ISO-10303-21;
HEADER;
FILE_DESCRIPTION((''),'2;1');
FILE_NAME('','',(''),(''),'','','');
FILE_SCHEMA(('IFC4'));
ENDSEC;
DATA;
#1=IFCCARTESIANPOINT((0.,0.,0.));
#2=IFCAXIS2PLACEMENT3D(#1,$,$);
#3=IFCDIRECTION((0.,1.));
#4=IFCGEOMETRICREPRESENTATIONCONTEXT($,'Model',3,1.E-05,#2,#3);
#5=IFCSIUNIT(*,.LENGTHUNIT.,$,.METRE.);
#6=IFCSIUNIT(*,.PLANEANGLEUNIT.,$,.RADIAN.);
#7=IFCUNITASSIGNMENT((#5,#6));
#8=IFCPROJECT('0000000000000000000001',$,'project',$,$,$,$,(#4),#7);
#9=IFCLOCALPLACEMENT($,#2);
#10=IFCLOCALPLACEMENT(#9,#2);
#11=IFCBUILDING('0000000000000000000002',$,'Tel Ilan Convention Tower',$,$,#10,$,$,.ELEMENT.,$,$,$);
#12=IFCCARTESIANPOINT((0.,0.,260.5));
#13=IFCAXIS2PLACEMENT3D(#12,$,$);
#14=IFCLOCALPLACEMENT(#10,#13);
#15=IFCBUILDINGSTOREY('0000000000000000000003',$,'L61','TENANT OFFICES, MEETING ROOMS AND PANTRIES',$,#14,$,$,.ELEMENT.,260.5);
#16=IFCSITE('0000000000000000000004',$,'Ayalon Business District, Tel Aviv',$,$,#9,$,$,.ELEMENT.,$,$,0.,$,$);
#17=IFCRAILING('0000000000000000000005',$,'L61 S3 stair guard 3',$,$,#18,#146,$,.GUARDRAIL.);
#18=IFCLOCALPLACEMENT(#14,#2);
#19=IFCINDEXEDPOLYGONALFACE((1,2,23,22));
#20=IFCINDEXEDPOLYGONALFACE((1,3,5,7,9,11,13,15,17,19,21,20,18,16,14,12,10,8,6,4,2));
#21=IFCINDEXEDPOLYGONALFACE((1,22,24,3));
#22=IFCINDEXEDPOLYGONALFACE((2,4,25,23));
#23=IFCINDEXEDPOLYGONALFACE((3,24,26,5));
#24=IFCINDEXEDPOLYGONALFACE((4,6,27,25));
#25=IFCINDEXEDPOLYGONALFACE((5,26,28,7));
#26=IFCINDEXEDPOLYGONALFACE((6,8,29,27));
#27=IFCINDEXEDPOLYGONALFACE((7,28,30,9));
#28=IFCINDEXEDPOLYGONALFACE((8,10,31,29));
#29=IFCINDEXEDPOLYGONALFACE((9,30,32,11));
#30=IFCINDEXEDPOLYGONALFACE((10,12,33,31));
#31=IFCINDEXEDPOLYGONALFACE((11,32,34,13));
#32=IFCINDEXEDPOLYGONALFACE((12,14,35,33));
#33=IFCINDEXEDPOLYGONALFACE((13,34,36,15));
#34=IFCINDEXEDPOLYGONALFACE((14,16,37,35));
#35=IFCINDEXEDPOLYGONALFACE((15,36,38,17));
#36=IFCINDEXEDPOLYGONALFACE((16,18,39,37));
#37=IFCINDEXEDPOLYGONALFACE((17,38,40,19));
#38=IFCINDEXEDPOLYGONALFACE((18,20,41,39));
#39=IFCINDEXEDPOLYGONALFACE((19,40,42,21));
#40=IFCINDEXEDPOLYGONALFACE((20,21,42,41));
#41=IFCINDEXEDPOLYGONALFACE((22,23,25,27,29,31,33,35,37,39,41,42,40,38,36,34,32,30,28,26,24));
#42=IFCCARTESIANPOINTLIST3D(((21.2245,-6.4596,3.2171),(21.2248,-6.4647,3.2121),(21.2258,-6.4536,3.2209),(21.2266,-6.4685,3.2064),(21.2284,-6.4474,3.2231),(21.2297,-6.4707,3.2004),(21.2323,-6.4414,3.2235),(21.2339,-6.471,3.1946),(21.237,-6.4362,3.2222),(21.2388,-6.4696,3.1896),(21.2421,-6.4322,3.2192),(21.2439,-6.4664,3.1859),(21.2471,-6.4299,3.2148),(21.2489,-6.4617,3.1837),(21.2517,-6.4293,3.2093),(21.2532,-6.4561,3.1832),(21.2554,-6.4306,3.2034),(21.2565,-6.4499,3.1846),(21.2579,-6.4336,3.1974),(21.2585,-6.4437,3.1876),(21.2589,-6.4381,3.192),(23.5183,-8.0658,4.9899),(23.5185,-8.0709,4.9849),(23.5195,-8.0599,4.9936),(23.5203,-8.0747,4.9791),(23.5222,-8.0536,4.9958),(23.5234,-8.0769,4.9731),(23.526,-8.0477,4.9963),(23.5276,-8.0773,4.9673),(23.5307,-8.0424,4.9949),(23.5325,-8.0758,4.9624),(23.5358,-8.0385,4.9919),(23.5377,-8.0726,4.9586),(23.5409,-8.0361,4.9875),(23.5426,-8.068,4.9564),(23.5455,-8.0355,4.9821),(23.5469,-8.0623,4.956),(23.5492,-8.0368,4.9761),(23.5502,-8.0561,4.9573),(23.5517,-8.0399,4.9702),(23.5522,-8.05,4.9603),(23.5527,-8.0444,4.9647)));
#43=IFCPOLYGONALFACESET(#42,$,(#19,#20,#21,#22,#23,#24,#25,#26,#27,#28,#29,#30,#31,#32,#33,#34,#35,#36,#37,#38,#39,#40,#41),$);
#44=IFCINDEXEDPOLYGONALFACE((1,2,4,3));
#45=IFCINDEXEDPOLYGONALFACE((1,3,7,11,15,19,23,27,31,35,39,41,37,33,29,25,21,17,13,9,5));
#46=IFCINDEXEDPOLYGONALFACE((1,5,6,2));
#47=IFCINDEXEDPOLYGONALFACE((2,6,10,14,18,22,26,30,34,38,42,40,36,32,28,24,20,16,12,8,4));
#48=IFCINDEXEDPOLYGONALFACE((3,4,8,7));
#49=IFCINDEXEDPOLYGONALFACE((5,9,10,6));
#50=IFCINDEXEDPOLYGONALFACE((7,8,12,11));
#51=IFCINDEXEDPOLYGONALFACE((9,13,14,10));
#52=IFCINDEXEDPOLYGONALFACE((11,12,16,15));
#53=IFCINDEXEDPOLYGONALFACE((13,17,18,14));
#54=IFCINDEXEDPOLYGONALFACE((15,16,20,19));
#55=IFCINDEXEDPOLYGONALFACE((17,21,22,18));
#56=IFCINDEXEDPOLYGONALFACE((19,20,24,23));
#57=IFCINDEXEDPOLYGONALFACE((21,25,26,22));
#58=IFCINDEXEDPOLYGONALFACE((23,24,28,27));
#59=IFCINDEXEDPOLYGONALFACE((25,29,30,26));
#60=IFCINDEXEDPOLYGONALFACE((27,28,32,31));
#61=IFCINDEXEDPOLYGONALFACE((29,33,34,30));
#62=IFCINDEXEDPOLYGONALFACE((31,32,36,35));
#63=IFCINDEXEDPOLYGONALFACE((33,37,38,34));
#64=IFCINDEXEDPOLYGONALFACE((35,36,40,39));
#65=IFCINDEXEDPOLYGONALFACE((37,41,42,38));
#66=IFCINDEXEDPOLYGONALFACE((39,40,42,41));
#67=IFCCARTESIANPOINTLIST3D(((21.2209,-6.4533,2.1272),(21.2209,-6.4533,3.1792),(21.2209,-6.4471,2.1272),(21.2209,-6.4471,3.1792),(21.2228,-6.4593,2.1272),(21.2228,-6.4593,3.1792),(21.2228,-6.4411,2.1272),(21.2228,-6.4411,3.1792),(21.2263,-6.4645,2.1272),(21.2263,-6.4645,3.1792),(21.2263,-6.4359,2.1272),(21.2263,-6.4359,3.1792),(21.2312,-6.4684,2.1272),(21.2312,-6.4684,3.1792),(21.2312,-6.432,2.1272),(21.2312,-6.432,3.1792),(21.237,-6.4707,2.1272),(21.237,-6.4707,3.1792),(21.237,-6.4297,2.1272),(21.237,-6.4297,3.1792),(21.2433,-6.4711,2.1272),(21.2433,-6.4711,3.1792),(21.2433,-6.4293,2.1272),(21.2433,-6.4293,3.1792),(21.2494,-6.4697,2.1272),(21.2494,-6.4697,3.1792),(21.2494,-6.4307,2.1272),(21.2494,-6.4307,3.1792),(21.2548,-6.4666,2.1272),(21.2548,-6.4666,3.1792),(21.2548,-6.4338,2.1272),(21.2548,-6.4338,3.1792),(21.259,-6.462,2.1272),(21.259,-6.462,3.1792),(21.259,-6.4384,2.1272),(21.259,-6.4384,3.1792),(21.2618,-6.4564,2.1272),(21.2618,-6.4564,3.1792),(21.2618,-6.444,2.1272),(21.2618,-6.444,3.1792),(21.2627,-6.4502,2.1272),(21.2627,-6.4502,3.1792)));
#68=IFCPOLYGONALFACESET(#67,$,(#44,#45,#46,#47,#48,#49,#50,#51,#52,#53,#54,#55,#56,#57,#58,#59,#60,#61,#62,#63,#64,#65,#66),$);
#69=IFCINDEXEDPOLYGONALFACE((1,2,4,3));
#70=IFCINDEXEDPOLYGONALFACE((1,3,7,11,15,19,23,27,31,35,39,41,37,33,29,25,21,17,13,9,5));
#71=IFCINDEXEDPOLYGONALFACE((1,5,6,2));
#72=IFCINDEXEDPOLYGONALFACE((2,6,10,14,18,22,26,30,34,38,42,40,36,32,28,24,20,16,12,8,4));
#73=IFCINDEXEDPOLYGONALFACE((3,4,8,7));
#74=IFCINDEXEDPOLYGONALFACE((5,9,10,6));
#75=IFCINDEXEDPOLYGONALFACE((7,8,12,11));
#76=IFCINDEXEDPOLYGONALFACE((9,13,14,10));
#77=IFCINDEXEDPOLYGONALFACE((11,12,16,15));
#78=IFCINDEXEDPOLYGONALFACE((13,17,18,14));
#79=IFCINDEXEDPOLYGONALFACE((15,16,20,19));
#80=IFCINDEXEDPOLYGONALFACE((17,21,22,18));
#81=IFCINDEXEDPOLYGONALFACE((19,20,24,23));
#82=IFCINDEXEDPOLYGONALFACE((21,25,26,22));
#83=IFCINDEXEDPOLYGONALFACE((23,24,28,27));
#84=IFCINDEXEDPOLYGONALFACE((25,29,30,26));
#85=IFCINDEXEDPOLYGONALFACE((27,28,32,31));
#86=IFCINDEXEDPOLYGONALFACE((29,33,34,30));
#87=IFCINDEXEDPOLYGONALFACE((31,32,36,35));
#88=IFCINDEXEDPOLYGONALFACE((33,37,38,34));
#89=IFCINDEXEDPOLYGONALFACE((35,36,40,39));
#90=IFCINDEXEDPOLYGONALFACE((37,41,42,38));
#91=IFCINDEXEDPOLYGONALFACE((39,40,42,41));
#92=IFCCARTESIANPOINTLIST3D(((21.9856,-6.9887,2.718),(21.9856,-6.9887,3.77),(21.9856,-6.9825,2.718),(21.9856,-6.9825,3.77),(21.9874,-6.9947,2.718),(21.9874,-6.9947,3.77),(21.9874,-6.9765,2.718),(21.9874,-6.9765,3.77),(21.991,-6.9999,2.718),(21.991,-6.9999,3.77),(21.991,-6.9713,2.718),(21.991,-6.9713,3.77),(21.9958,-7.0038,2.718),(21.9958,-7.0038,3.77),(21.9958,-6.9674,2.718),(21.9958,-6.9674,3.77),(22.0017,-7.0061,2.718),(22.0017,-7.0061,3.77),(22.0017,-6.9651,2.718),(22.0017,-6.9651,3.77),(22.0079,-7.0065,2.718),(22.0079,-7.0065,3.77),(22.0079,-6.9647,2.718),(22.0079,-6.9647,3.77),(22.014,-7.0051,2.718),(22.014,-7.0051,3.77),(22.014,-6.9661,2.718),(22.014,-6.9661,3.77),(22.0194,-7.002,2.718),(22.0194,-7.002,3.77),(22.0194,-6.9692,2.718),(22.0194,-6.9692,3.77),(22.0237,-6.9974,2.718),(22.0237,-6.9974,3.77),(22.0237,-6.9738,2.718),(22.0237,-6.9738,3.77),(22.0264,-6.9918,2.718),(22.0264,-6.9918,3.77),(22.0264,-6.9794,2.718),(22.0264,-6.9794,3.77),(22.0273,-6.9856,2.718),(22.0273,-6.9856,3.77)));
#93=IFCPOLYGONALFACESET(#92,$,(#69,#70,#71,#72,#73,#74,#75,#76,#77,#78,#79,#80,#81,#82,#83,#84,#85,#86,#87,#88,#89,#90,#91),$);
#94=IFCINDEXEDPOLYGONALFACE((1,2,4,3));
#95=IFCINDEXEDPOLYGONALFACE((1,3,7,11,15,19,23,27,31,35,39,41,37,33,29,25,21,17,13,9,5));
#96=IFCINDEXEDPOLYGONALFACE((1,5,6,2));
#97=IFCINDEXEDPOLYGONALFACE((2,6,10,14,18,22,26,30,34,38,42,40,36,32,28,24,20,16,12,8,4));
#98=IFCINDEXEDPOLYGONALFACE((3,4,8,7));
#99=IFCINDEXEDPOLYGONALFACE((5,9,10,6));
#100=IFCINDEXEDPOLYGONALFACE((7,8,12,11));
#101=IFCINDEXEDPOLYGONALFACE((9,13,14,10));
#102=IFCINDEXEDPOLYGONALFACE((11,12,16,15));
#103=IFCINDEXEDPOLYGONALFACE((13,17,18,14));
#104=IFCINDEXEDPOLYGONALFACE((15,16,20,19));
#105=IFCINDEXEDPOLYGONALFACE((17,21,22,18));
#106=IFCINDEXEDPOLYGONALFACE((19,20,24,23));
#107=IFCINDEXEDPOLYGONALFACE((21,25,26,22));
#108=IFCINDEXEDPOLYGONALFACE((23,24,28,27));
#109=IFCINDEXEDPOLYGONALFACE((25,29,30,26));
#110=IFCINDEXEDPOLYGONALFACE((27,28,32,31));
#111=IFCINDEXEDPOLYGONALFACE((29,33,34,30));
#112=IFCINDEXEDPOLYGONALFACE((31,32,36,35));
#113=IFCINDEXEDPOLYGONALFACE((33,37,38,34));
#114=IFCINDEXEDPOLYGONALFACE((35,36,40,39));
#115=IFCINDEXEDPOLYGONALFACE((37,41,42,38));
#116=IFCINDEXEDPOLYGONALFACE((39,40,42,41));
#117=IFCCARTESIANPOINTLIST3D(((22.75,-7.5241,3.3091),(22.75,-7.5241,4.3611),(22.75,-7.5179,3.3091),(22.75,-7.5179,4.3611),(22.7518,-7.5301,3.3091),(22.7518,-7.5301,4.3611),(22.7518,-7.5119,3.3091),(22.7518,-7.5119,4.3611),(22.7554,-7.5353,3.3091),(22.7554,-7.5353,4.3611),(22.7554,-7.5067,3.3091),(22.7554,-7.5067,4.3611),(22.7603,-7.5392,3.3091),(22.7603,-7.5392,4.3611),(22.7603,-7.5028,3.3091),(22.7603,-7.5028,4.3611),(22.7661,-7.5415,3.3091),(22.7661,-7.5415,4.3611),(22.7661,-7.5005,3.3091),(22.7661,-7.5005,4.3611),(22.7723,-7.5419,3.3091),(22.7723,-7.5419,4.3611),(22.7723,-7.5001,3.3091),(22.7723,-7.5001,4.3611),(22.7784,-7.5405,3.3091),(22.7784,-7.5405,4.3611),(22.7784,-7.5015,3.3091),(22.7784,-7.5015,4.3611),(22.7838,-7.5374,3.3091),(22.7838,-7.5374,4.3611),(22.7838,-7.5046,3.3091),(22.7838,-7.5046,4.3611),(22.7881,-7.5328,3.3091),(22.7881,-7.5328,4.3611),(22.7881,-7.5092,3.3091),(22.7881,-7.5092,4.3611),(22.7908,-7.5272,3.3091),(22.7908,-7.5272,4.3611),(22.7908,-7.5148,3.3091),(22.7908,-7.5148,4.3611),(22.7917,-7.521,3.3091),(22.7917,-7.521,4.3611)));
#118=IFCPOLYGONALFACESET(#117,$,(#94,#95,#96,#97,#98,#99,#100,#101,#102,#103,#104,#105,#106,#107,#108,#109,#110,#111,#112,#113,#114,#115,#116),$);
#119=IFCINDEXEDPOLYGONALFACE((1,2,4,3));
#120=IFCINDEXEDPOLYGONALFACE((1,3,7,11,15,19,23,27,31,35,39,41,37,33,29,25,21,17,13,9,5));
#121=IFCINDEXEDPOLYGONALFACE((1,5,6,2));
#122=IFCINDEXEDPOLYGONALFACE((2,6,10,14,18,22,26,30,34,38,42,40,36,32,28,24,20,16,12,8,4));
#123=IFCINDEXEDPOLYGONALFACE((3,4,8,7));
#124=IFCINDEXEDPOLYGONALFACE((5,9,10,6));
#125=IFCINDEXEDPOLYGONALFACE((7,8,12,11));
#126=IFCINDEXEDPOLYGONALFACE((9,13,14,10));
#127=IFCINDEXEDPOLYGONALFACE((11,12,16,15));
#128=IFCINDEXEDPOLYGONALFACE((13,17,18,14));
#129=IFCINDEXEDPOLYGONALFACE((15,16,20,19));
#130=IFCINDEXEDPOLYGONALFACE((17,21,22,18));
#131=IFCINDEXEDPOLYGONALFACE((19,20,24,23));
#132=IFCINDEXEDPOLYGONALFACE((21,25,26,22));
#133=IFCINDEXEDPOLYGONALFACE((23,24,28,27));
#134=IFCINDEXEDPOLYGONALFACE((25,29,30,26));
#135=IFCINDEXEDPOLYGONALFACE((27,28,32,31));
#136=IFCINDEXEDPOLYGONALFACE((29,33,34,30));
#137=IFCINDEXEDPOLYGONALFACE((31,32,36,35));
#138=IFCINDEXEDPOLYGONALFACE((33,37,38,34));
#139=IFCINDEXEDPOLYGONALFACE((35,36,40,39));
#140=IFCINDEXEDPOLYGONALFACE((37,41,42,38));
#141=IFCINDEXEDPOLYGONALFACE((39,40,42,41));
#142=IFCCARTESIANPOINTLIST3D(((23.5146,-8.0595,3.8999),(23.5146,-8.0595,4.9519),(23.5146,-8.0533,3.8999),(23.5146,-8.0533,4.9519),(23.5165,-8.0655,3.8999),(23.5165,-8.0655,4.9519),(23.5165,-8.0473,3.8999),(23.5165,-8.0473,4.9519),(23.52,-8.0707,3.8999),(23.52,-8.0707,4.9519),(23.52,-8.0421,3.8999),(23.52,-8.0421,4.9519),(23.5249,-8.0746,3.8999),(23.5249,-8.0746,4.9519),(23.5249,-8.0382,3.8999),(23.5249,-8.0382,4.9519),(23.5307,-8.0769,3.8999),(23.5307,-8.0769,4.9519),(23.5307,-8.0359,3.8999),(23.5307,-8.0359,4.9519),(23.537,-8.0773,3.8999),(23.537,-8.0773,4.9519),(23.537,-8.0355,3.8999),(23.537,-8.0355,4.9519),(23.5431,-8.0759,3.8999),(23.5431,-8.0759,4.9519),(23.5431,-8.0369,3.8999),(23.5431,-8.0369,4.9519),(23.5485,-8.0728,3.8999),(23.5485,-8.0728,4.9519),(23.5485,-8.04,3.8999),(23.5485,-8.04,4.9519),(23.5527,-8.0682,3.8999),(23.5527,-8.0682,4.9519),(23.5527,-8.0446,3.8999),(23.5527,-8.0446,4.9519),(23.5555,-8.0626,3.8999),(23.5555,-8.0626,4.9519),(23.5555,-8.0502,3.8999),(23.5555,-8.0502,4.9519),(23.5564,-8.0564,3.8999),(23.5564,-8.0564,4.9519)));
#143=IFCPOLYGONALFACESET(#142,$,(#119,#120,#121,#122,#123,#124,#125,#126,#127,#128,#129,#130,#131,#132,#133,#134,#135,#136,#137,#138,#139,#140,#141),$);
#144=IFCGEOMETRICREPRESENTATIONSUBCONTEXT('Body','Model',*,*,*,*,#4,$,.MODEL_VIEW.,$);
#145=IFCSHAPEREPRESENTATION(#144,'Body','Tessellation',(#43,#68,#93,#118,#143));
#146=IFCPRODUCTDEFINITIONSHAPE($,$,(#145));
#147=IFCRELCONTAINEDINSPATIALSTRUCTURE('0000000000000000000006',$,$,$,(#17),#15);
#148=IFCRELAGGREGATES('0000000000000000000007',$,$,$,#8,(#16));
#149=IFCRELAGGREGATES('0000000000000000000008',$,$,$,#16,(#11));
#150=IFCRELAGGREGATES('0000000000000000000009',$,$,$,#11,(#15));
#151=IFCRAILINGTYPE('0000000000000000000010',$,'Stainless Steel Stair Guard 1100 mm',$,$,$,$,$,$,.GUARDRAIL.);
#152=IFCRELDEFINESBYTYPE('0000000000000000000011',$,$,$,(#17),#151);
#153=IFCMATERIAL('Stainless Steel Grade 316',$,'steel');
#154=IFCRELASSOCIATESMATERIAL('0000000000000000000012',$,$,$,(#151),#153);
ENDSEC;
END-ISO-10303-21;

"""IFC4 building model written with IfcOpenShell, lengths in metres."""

from ifc_helpers import new_model, si_unit, direction, frame, origin, origin_2d, place, context, subcontext, project, spatial, circle, extrude, material, type_object, element, save


model = new_model("IFC4")

# Units and contexts
model_context = context("Model", 3, precision=1e-05, world=origin(), true_north=direction((0.0, 1.0)))
body_context = subcontext(model_context, "Body", "Model", "MODEL_VIEW")
ifc_project = project(units=[si_unit("LENGTHUNIT", "METRE"), si_unit("PLANEANGLEUNIT", "RADIAN")], contexts=[model_context])

# Site, building, storey
site_placement = place(None, origin())
site = spatial("IfcSite", under=ifc_project, at=site_placement, Name="Ayalon Business District, Tel Aviv", CompositionType="ELEMENT", RefElevation=0.0)
building_placement = place(site_placement, origin())
building = spatial("IfcBuilding", under=site, at=building_placement, Name="Tel Ilan Convention Tower", CompositionType="ELEMENT")
storey_placement = place(building_placement, frame((0.0, 0.0, 260.5)))
storey = spatial("IfcBuildingStorey", under=building, at=storey_placement, Name="L61", Description="TENANT OFFICES, MEETING ROOMS AND PANTRIES", CompositionType="ELEMENT", Elevation=260.5)

# Railing
ifc_material_1 = material(Name="Stainless Steel Grade 316", Category="steel")
railing_type_1 = type_object("IfcRailingType", Name="Stainless Steel Stair Guard 1100 mm", PredefinedType="GUARDRAIL", material=ifc_material_1)
railing_1_placement = place(storey_placement, frame((21.2417, -6.4502, 2.1272)))
element("IfcRailing", 1, at=railing_1_placement, inside=storey, type_object=railing_type_1, Name="L61 S3 stair guard 3", PredefinedType="GUARDRAIL", context=body_context, shape_type="SweptSolid", body=[
    extrude(circle(Radius=0.0239, at=origin_2d()), frame((0.0, 0.0, 1.0762), z_axis=(0.692098, -0.484653, 0.534894), x_axis=(0.573609, 0.81913, 0.0)), (0.0, 0.0, 1.0), 3.3142),
    extrude(circle(Radius=0.021, at=origin_2d()), origin(), (0.0, 0.0, 1.0), 1.052),
    extrude(circle(Radius=0.021, at=origin_2d()), frame((0.7646, -0.5354, 0.5908)), (0.0, 0.0, 1.0), 1.052),
    extrude(circle(Radius=0.021, at=origin_2d()), frame((1.5291, -1.0708, 1.1819)), (0.0, 0.0, 1.0), 1.052),
    extrude(circle(Radius=0.021, at=origin_2d()), frame((2.2937, -1.6062, 1.7727)), (0.0, 0.0, 1.0), 1.052),
])

save(model, "model.ifc")
